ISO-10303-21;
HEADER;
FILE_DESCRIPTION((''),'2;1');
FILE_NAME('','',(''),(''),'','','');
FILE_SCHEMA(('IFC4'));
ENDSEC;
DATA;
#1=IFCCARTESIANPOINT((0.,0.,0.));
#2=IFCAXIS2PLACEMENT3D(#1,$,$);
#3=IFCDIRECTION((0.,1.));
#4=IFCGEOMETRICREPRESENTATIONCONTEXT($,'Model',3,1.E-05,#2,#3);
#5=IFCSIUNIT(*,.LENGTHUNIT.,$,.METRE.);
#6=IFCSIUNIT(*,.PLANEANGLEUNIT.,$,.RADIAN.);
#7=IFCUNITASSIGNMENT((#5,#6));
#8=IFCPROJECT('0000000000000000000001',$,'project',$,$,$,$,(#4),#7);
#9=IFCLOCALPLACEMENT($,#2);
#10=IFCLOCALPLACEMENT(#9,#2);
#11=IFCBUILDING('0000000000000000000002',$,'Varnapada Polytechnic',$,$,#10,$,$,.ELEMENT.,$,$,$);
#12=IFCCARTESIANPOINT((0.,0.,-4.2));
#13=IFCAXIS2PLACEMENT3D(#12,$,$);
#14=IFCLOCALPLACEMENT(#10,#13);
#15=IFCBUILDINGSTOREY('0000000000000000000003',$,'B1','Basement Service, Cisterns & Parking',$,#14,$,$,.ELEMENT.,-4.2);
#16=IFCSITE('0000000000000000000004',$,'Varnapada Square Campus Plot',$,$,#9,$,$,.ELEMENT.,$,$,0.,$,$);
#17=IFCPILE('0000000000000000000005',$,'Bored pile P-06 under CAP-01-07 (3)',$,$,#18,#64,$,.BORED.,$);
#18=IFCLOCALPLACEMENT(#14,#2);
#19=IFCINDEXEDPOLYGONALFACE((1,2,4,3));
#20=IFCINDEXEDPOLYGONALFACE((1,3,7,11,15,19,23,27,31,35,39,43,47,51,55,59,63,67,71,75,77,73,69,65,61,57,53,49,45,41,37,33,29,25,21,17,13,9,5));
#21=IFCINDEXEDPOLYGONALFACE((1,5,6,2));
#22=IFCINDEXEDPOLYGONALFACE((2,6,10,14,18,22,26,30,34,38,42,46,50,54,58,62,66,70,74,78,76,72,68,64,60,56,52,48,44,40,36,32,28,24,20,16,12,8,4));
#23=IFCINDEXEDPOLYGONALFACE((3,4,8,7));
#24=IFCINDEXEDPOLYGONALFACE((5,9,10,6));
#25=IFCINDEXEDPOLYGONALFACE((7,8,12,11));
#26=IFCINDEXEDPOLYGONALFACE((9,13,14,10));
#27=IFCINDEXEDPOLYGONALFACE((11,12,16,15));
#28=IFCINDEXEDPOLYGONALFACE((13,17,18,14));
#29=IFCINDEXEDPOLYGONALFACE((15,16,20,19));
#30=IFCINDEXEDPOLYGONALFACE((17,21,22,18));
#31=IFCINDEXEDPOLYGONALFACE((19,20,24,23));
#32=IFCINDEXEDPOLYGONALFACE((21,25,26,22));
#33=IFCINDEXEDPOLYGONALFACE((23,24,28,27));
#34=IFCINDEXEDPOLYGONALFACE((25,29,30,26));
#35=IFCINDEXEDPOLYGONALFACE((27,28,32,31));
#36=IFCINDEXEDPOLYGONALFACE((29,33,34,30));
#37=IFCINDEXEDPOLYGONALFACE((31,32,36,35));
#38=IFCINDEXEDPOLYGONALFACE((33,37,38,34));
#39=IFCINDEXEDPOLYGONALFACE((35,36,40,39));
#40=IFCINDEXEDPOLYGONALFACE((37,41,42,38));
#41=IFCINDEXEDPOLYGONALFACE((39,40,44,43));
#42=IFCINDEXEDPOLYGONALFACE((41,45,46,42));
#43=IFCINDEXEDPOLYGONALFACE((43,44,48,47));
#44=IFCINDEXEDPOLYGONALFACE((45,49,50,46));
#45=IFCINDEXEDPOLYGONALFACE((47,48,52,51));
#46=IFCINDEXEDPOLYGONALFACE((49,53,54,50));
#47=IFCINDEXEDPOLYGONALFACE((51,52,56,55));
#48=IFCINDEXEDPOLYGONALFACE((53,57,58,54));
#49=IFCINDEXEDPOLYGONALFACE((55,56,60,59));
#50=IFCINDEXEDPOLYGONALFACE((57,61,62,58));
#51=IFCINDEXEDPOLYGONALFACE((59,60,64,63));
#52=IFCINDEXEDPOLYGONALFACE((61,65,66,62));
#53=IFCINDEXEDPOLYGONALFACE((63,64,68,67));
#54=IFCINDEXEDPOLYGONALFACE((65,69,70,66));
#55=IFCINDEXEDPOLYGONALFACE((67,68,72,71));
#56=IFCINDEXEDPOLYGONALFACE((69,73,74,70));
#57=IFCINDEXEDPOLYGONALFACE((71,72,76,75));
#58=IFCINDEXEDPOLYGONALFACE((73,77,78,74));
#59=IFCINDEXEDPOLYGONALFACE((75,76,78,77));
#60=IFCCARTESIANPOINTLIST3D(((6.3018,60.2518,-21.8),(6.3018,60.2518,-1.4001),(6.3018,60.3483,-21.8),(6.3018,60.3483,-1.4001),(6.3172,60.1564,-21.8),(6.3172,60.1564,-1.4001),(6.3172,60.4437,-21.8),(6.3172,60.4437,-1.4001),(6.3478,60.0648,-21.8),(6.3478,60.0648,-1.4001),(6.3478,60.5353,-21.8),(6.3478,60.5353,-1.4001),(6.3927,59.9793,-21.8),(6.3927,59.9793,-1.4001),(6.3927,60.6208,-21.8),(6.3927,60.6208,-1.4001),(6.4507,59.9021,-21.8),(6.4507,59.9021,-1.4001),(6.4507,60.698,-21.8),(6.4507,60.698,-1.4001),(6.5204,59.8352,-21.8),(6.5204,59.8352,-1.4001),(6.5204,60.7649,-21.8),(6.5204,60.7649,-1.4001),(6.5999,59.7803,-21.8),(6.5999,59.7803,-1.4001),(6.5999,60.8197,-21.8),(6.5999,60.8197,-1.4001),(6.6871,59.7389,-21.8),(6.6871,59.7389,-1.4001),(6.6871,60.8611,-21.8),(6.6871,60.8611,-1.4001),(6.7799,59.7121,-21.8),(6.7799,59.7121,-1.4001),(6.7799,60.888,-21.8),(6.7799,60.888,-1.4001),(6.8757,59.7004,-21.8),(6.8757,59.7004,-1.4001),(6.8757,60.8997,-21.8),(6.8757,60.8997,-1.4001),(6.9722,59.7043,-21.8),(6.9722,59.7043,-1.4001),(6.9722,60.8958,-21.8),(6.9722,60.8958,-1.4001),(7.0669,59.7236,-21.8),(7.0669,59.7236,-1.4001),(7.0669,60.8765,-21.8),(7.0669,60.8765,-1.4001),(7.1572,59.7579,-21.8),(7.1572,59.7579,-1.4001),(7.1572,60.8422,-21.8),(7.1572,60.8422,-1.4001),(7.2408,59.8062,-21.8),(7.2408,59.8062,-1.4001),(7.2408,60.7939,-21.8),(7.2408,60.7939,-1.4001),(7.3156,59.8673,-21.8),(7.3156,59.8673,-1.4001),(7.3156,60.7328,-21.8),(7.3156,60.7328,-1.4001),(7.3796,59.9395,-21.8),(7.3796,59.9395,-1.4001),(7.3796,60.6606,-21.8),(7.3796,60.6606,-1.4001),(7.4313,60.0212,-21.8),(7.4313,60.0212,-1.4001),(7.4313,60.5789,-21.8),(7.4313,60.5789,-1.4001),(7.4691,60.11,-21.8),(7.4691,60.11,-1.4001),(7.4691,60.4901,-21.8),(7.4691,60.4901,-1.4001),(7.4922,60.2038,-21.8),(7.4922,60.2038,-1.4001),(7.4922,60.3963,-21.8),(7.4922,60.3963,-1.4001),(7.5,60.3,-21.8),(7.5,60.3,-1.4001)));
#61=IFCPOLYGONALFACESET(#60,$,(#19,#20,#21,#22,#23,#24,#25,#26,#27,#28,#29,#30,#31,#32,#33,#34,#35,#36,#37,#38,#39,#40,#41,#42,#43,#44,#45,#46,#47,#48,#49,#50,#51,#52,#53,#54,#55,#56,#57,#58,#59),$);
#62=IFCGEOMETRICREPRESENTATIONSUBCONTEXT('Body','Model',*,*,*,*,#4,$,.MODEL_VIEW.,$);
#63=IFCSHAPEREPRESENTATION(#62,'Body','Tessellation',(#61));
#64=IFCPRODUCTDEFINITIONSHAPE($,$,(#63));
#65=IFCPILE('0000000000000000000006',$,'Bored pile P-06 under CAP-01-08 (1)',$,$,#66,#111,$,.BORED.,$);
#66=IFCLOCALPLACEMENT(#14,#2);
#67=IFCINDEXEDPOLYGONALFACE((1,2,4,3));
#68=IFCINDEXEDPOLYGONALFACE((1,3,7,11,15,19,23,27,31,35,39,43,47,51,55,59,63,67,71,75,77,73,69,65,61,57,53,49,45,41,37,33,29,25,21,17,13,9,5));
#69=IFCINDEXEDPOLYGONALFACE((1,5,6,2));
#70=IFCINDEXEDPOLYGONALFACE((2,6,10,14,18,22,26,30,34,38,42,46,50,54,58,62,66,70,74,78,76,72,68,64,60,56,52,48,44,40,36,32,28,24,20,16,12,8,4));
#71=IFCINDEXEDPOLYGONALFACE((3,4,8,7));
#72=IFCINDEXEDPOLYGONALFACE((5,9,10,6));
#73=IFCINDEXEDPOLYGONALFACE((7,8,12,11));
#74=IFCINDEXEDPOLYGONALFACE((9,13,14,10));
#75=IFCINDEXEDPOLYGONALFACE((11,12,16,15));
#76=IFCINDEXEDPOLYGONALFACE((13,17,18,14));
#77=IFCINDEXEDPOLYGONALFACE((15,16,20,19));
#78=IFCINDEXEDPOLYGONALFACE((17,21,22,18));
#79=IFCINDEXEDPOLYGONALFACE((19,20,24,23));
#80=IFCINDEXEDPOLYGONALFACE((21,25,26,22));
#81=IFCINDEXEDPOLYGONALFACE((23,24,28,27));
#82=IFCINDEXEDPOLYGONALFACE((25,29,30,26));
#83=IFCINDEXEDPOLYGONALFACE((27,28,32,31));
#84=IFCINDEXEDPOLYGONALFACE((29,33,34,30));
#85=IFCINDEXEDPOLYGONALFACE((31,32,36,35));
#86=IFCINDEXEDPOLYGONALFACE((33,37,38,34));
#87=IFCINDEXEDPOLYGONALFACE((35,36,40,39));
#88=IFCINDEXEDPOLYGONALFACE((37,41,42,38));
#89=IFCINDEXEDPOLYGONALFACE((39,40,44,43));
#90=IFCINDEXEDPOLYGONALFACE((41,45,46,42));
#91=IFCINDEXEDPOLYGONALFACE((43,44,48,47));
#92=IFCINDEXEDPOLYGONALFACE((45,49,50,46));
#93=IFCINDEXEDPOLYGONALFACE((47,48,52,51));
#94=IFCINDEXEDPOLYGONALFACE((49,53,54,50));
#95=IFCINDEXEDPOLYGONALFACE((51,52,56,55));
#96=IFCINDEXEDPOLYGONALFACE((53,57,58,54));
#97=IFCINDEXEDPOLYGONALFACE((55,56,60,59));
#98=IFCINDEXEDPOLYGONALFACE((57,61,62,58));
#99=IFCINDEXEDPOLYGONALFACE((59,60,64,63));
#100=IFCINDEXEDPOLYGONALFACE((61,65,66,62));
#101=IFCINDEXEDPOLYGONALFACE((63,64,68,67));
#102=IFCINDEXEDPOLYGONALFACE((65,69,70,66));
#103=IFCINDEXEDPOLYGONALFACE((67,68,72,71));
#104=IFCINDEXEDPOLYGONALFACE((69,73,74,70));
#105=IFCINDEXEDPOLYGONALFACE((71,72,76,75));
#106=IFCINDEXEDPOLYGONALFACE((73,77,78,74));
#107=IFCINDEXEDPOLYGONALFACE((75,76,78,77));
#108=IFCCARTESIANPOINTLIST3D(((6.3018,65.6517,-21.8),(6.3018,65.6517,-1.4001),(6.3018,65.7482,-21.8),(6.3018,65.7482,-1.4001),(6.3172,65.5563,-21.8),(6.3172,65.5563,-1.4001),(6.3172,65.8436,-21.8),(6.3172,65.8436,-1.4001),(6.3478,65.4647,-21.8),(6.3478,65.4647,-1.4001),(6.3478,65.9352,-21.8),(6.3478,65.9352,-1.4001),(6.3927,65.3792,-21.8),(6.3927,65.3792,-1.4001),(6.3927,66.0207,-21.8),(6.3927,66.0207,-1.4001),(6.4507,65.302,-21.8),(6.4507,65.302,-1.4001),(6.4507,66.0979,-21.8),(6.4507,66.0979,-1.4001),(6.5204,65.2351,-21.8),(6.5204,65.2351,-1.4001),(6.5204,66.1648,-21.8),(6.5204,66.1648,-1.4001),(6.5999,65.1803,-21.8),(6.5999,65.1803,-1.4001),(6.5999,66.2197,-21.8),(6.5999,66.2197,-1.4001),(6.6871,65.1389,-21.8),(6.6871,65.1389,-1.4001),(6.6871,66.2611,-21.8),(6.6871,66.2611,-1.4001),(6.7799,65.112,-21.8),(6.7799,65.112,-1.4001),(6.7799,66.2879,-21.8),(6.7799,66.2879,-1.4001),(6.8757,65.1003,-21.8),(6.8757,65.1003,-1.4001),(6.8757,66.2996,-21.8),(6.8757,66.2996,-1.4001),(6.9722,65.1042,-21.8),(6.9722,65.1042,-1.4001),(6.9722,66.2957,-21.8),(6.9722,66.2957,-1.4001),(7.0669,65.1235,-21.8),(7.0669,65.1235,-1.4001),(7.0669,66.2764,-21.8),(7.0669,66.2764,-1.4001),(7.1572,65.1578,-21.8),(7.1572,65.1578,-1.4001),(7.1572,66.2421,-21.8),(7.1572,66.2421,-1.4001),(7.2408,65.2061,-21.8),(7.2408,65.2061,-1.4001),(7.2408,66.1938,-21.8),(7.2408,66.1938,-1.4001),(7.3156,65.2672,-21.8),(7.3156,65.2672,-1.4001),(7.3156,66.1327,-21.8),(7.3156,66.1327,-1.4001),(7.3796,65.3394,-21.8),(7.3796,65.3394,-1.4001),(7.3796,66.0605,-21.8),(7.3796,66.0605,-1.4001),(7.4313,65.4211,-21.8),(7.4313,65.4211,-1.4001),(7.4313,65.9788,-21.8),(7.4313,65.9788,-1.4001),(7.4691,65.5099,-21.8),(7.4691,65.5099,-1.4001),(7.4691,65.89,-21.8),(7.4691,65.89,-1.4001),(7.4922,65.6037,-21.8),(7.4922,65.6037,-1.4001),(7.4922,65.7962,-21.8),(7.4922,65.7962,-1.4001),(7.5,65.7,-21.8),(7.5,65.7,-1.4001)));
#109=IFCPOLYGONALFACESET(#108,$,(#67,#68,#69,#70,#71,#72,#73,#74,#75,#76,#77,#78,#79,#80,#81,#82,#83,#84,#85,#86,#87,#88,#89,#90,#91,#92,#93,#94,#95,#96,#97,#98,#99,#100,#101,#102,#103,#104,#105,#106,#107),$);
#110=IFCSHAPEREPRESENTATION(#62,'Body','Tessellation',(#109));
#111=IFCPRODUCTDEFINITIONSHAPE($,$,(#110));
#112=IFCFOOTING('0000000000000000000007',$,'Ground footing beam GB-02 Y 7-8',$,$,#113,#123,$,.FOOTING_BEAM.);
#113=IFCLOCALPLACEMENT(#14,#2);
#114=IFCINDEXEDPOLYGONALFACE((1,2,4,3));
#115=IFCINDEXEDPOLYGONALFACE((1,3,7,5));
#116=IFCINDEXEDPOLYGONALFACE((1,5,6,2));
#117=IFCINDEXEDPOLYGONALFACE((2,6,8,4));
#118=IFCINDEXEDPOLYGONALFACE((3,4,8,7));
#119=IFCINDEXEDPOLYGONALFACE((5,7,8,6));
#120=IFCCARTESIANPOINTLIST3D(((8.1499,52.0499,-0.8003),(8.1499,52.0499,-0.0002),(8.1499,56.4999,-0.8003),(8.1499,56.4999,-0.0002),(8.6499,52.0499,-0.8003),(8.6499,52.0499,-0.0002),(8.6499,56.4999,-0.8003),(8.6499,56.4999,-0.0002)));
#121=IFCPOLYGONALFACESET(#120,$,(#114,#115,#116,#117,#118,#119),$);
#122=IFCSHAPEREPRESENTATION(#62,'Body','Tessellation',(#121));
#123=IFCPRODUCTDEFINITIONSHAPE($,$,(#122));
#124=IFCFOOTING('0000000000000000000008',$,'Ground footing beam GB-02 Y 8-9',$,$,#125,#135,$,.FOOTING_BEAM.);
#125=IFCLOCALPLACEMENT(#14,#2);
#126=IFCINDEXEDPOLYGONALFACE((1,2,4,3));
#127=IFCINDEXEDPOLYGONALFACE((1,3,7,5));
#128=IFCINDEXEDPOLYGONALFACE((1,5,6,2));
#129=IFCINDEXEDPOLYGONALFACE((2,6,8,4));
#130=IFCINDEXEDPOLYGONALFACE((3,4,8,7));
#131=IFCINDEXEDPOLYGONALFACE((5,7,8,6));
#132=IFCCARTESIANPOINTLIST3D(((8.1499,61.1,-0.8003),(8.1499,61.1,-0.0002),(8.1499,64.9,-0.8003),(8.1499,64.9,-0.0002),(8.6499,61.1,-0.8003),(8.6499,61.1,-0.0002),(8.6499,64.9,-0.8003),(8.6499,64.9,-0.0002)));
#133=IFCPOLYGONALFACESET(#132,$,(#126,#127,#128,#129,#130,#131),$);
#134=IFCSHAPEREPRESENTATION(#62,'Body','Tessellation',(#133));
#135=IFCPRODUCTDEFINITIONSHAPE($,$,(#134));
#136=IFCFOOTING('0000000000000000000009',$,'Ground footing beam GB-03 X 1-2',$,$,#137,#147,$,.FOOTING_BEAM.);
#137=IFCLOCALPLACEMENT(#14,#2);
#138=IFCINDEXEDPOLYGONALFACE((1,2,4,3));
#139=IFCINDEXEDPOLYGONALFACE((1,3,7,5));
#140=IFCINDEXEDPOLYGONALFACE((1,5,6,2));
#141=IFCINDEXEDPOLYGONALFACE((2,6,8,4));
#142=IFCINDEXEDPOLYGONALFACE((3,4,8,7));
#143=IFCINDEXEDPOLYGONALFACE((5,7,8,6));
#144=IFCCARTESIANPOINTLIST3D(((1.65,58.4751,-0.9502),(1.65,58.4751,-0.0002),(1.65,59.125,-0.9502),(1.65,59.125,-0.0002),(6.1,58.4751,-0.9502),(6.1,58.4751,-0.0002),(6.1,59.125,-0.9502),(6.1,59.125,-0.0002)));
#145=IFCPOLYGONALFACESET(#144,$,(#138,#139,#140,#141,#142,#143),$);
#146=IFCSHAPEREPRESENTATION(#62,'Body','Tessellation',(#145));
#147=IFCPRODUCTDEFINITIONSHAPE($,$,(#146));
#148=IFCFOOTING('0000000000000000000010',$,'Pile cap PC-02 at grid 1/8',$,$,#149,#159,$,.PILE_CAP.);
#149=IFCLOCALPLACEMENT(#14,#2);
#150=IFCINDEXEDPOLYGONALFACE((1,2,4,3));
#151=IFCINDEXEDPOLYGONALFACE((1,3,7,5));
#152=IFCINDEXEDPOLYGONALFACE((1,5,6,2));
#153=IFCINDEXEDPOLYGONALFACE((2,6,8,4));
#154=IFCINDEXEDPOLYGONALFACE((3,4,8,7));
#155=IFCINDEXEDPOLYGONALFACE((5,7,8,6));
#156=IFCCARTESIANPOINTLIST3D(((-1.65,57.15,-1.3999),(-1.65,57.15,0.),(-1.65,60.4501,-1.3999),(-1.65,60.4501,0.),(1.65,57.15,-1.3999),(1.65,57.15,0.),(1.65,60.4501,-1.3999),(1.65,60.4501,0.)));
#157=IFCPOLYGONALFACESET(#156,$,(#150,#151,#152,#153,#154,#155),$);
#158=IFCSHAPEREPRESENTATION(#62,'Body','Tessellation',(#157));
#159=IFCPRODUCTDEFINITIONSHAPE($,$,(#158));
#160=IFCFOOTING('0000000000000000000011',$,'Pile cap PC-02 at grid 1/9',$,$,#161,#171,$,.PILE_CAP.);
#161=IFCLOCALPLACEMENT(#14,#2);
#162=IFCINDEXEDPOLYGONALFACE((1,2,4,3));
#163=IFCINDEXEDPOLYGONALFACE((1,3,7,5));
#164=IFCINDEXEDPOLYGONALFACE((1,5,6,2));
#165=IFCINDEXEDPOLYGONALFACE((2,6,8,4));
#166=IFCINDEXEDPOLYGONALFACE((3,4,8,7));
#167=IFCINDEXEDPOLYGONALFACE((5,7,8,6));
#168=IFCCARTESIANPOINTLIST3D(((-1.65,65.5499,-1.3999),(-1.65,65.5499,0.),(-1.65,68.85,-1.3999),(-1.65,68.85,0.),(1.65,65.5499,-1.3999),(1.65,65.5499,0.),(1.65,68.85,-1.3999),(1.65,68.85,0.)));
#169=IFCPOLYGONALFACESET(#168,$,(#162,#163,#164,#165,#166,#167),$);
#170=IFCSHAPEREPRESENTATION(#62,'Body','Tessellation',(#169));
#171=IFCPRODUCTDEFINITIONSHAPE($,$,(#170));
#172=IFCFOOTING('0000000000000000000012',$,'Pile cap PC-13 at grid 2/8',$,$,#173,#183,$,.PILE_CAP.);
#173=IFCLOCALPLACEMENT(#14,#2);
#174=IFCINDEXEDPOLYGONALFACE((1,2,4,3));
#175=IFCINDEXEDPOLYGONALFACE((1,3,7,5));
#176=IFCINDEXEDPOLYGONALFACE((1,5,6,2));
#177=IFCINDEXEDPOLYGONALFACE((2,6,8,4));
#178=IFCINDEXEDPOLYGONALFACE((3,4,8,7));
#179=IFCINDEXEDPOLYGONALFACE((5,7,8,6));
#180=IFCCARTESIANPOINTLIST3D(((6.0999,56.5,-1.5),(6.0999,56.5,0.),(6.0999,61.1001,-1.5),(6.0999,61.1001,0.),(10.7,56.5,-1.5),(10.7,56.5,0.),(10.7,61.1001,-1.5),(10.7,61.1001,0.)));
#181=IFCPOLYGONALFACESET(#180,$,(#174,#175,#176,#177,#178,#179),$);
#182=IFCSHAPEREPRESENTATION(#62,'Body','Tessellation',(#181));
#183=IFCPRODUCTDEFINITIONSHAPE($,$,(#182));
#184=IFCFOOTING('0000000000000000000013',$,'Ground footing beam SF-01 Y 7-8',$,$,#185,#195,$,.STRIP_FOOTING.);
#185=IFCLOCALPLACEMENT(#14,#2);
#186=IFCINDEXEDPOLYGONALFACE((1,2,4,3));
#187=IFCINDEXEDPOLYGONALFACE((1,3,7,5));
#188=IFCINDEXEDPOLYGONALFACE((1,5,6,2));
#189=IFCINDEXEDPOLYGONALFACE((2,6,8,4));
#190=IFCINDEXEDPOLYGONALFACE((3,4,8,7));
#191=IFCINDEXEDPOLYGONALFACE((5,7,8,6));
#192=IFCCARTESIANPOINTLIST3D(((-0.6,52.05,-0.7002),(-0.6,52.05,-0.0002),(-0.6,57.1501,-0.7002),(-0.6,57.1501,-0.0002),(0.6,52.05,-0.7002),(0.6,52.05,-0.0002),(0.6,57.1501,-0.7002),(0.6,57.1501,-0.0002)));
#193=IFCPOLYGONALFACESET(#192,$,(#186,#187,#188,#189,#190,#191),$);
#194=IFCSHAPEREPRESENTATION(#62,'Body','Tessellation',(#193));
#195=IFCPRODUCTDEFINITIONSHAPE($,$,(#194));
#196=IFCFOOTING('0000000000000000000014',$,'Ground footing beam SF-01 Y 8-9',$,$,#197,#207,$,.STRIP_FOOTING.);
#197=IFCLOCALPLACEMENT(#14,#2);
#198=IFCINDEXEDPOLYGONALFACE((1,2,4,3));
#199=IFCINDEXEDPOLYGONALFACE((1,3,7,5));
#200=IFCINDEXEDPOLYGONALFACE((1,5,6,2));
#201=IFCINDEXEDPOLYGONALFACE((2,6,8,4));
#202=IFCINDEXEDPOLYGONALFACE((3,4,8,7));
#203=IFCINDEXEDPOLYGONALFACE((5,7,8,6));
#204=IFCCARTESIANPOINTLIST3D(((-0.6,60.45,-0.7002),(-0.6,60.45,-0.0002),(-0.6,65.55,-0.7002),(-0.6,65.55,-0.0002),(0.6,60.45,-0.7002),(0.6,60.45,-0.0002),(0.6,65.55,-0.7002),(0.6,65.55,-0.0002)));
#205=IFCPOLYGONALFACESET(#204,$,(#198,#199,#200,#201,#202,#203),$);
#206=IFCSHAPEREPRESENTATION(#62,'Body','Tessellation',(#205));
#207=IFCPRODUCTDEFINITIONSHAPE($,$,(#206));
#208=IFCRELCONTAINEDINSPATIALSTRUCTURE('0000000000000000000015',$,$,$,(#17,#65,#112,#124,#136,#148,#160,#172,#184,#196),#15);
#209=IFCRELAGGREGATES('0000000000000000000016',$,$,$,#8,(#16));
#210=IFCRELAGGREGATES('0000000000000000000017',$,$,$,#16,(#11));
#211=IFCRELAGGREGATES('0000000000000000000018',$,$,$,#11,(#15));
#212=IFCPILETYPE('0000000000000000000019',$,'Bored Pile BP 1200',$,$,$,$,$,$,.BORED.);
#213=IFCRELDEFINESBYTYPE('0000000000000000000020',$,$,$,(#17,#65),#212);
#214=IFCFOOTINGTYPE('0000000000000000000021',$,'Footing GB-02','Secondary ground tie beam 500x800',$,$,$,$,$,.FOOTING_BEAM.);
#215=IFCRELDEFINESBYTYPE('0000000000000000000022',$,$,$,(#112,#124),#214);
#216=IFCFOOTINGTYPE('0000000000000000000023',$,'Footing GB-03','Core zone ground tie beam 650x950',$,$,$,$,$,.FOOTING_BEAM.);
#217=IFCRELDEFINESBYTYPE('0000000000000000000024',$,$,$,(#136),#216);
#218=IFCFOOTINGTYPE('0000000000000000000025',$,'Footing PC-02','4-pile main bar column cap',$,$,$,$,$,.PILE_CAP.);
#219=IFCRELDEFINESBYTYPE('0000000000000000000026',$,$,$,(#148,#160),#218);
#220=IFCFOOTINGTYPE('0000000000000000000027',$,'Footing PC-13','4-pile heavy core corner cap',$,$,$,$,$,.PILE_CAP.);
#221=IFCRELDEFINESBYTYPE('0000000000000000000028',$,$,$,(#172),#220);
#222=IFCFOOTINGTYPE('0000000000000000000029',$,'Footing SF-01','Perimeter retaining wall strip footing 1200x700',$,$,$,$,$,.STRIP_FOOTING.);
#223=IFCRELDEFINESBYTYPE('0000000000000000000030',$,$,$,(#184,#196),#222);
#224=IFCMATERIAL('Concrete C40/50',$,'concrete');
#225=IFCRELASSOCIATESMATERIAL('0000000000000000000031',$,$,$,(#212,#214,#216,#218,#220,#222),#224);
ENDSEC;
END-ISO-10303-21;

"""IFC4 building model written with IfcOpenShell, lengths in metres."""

from ifc_helpers import new_model, si_unit, direction, frame, origin, origin_2d, place, context, subcontext, project, spatial, rectangle, circle, extrude, material, material_profile, profile_set, type_object, element, save


model = new_model("IFC4")

# Units and contexts
model_context = context("Model", 3, precision=1e-05, world=origin(), true_north=direction((0.0, 1.0)))
body_context = subcontext(model_context, "Body", "Model", "MODEL_VIEW")
ifc_project = project(units=[si_unit("LENGTHUNIT", "METRE"), si_unit("PLANEANGLEUNIT", "RADIAN")], contexts=[model_context])

# Site, building, storey
site_placement = place(None, origin())
site = spatial("IfcSite", under=ifc_project, at=site_placement, Name="Varnapada Square Campus Plot", CompositionType="ELEMENT", RefElevation=0.0)
building_placement = place(site_placement, origin())
building = spatial("IfcBuilding", under=site, at=building_placement, Name="Varnapada Polytechnic", CompositionType="ELEMENT")
storey_placement = place(building_placement, frame((0.0, 0.0, -4.2)))
storey = spatial("IfcBuildingStorey", under=building, at=storey_placement, Name="B1", Description="Basement Service, Cisterns & Parking", CompositionType="ELEMENT", Elevation=-4.2)

# Piles
ifc_material_1 = material(Name="Concrete C40/50", Category="concrete")
ifc_material_profile_1 = material_profile(ifc_material_1, circle(Radius=0.6001, at=origin_2d()), Name="BP 1200")
ifc_profile_set_1 = profile_set([ifc_material_profile_1], Name="Concrete C40/50")
pile_type_1 = type_object("IfcPileType", Name="Bored Pile BP 1200", PredefinedType="BORED", material=ifc_profile_set_1)
for number, where, z_axis, x_axis, name in (
    (1, (6.8999, 60.3, -1.4001), (0.0, 0.0, -1.0), (1.0, 0.0, 0.0), "Bored pile P-06 under CAP-01-07 (3)"),
    (2, (6.8999, 65.7, -1.4001), (0.0, 0.0, -1.0), (1.0, 0.0, 0.0), "Bored pile P-06 under CAP-01-08 (1)"),
):
    element("IfcPile", number, at=place(storey_placement, frame(where, z_axis=z_axis, x_axis=x_axis)), inside=storey, type_object=pile_type_1, Name=name, PredefinedType="BORED", context=body_context, shape_type="SweptSolid", body=[
        extrude(circle(Radius=0.6001, at=origin_2d()), origin(), (0.0, 0.0, 1.0), 20.3999),
    ])

# Footings
footing_type_1 = type_object("IfcFootingType", Name="Footing GB-02", Description="Secondary ground tie beam 500x800", PredefinedType="FOOTING_BEAM", material=ifc_material_1)
footing_1_placement = place(storey_placement, frame((8.3999, 54.2749, -0.8003), z_axis=(0.0, 0.0, 1.0), x_axis=(0.0, 1.0, 0.0)))
element("IfcFooting", 3, at=footing_1_placement, inside=storey, type_object=footing_type_1, Name="Ground footing beam GB-02 Y 7-8", PredefinedType="FOOTING_BEAM", context=body_context, shape_type="SweptSolid", body=[
    extrude(rectangle(XDim=4.45, YDim=0.5, at=origin_2d()), origin(), (0.0, 0.0, 1.0), 0.8),
])
footing_2_placement = place(storey_placement, frame((8.3999, 63.0, -0.8003), z_axis=(0.0, 0.0, 1.0), x_axis=(0.0, 1.0, 0.0)))
element("IfcFooting", 4, at=footing_2_placement, inside=storey, type_object=footing_type_1, Name="Ground footing beam GB-02 Y 8-9", PredefinedType="FOOTING_BEAM", context=body_context, shape_type="SweptSolid", body=[
    extrude(rectangle(XDim=3.8, YDim=0.5, at=origin_2d()), origin(), (0.0, 0.0, 1.0), 0.8),
])
footing_type_2 = type_object("IfcFootingType", Name="Footing GB-03", Description="Core zone ground tie beam 650x950", PredefinedType="FOOTING_BEAM", material=ifc_material_1)
footing_3_placement = place(storey_placement, frame((3.875, 58.8, -0.9502), z_axis=(0.0, 0.0, 1.0), x_axis=(1.0, 0.0, 0.0)))
element("IfcFooting", 5, at=footing_3_placement, inside=storey, type_object=footing_type_2, Name="Ground footing beam GB-03 X 1-2", PredefinedType="FOOTING_BEAM", context=body_context, shape_type="SweptSolid", body=[
    extrude(rectangle(XDim=4.45, YDim=0.6499, at=origin_2d()), origin(), (0.0, 0.0, 1.0), 0.95),
])
footing_type_3 = type_object("IfcFootingType", Name="Footing PC-02", Description="4-pile main bar column cap", PredefinedType="PILE_CAP", material=ifc_material_1)
for number, where, z_axis, x_axis, name in (
    (6, (0.0, 58.8, -1.3999), (0.0, 0.0, 1.0), (1.0, 0.0, 0.0), "Pile cap PC-02 at grid 1/8"),
    (7, (0.0, 67.2, -1.3999), (0.0, 0.0, 1.0), (1.0, 0.0, 0.0), "Pile cap PC-02 at grid 1/9"),
):
    element("IfcFooting", number, at=place(storey_placement, frame(where, z_axis=z_axis, x_axis=x_axis)), inside=storey, type_object=footing_type_3, Name=name, PredefinedType="PILE_CAP", context=body_context, shape_type="SweptSolid", body=[
        extrude(rectangle(XDim=3.3, YDim=3.3, at=origin_2d()), origin(), (0.0, 0.0, 1.0), 1.3999),
    ])
footing_type_4 = type_object("IfcFootingType", Name="Footing PC-13", Description="4-pile heavy core corner cap", PredefinedType="PILE_CAP", material=ifc_material_1)
footing_4_placement = place(storey_placement, frame((8.3999, 58.8, -1.5), z_axis=(0.0, 0.0, 1.0), x_axis=(1.0, 0.0, 0.0)))
element("IfcFooting", 8, at=footing_4_placement, inside=storey, type_object=footing_type_4, Name="Pile cap PC-13 at grid 2/8", PredefinedType="PILE_CAP", context=body_context, shape_type="SweptSolid", body=[
    extrude(rectangle(XDim=4.6001, YDim=4.6001, at=origin_2d()), origin(), (0.0, 0.0, 1.0), 1.5),
])
footing_type_5 = type_object("IfcFootingType", Name="Footing SF-01", Description="Perimeter retaining wall strip footing 1200x700", PredefinedType="STRIP_FOOTING", material=ifc_material_1)
for number, where, z_axis, x_axis, name in (
    (9, (0.0, 54.6001, -0.7002), (0.0, 0.0, 1.0), (0.0, 1.0, 0.0), "Ground footing beam SF-01 Y 7-8"),
    (10, (0.0, 63.0, -0.7002), (0.0, 0.0, 1.0), (0.0, 1.0, 0.0), "Ground footing beam SF-01 Y 8-9"),
):
    element("IfcFooting", number, at=place(storey_placement, frame(where, z_axis=z_axis, x_axis=x_axis)), inside=storey, type_object=footing_type_5, Name=name, PredefinedType="STRIP_FOOTING", context=body_context, shape_type="SweptSolid", body=[
        extrude(rectangle(XDim=5.1001, YDim=1.2, at=origin_2d()), origin(), (0.0, 0.0, 1.0), 0.7),
    ])

save(model, "model.ifc")
